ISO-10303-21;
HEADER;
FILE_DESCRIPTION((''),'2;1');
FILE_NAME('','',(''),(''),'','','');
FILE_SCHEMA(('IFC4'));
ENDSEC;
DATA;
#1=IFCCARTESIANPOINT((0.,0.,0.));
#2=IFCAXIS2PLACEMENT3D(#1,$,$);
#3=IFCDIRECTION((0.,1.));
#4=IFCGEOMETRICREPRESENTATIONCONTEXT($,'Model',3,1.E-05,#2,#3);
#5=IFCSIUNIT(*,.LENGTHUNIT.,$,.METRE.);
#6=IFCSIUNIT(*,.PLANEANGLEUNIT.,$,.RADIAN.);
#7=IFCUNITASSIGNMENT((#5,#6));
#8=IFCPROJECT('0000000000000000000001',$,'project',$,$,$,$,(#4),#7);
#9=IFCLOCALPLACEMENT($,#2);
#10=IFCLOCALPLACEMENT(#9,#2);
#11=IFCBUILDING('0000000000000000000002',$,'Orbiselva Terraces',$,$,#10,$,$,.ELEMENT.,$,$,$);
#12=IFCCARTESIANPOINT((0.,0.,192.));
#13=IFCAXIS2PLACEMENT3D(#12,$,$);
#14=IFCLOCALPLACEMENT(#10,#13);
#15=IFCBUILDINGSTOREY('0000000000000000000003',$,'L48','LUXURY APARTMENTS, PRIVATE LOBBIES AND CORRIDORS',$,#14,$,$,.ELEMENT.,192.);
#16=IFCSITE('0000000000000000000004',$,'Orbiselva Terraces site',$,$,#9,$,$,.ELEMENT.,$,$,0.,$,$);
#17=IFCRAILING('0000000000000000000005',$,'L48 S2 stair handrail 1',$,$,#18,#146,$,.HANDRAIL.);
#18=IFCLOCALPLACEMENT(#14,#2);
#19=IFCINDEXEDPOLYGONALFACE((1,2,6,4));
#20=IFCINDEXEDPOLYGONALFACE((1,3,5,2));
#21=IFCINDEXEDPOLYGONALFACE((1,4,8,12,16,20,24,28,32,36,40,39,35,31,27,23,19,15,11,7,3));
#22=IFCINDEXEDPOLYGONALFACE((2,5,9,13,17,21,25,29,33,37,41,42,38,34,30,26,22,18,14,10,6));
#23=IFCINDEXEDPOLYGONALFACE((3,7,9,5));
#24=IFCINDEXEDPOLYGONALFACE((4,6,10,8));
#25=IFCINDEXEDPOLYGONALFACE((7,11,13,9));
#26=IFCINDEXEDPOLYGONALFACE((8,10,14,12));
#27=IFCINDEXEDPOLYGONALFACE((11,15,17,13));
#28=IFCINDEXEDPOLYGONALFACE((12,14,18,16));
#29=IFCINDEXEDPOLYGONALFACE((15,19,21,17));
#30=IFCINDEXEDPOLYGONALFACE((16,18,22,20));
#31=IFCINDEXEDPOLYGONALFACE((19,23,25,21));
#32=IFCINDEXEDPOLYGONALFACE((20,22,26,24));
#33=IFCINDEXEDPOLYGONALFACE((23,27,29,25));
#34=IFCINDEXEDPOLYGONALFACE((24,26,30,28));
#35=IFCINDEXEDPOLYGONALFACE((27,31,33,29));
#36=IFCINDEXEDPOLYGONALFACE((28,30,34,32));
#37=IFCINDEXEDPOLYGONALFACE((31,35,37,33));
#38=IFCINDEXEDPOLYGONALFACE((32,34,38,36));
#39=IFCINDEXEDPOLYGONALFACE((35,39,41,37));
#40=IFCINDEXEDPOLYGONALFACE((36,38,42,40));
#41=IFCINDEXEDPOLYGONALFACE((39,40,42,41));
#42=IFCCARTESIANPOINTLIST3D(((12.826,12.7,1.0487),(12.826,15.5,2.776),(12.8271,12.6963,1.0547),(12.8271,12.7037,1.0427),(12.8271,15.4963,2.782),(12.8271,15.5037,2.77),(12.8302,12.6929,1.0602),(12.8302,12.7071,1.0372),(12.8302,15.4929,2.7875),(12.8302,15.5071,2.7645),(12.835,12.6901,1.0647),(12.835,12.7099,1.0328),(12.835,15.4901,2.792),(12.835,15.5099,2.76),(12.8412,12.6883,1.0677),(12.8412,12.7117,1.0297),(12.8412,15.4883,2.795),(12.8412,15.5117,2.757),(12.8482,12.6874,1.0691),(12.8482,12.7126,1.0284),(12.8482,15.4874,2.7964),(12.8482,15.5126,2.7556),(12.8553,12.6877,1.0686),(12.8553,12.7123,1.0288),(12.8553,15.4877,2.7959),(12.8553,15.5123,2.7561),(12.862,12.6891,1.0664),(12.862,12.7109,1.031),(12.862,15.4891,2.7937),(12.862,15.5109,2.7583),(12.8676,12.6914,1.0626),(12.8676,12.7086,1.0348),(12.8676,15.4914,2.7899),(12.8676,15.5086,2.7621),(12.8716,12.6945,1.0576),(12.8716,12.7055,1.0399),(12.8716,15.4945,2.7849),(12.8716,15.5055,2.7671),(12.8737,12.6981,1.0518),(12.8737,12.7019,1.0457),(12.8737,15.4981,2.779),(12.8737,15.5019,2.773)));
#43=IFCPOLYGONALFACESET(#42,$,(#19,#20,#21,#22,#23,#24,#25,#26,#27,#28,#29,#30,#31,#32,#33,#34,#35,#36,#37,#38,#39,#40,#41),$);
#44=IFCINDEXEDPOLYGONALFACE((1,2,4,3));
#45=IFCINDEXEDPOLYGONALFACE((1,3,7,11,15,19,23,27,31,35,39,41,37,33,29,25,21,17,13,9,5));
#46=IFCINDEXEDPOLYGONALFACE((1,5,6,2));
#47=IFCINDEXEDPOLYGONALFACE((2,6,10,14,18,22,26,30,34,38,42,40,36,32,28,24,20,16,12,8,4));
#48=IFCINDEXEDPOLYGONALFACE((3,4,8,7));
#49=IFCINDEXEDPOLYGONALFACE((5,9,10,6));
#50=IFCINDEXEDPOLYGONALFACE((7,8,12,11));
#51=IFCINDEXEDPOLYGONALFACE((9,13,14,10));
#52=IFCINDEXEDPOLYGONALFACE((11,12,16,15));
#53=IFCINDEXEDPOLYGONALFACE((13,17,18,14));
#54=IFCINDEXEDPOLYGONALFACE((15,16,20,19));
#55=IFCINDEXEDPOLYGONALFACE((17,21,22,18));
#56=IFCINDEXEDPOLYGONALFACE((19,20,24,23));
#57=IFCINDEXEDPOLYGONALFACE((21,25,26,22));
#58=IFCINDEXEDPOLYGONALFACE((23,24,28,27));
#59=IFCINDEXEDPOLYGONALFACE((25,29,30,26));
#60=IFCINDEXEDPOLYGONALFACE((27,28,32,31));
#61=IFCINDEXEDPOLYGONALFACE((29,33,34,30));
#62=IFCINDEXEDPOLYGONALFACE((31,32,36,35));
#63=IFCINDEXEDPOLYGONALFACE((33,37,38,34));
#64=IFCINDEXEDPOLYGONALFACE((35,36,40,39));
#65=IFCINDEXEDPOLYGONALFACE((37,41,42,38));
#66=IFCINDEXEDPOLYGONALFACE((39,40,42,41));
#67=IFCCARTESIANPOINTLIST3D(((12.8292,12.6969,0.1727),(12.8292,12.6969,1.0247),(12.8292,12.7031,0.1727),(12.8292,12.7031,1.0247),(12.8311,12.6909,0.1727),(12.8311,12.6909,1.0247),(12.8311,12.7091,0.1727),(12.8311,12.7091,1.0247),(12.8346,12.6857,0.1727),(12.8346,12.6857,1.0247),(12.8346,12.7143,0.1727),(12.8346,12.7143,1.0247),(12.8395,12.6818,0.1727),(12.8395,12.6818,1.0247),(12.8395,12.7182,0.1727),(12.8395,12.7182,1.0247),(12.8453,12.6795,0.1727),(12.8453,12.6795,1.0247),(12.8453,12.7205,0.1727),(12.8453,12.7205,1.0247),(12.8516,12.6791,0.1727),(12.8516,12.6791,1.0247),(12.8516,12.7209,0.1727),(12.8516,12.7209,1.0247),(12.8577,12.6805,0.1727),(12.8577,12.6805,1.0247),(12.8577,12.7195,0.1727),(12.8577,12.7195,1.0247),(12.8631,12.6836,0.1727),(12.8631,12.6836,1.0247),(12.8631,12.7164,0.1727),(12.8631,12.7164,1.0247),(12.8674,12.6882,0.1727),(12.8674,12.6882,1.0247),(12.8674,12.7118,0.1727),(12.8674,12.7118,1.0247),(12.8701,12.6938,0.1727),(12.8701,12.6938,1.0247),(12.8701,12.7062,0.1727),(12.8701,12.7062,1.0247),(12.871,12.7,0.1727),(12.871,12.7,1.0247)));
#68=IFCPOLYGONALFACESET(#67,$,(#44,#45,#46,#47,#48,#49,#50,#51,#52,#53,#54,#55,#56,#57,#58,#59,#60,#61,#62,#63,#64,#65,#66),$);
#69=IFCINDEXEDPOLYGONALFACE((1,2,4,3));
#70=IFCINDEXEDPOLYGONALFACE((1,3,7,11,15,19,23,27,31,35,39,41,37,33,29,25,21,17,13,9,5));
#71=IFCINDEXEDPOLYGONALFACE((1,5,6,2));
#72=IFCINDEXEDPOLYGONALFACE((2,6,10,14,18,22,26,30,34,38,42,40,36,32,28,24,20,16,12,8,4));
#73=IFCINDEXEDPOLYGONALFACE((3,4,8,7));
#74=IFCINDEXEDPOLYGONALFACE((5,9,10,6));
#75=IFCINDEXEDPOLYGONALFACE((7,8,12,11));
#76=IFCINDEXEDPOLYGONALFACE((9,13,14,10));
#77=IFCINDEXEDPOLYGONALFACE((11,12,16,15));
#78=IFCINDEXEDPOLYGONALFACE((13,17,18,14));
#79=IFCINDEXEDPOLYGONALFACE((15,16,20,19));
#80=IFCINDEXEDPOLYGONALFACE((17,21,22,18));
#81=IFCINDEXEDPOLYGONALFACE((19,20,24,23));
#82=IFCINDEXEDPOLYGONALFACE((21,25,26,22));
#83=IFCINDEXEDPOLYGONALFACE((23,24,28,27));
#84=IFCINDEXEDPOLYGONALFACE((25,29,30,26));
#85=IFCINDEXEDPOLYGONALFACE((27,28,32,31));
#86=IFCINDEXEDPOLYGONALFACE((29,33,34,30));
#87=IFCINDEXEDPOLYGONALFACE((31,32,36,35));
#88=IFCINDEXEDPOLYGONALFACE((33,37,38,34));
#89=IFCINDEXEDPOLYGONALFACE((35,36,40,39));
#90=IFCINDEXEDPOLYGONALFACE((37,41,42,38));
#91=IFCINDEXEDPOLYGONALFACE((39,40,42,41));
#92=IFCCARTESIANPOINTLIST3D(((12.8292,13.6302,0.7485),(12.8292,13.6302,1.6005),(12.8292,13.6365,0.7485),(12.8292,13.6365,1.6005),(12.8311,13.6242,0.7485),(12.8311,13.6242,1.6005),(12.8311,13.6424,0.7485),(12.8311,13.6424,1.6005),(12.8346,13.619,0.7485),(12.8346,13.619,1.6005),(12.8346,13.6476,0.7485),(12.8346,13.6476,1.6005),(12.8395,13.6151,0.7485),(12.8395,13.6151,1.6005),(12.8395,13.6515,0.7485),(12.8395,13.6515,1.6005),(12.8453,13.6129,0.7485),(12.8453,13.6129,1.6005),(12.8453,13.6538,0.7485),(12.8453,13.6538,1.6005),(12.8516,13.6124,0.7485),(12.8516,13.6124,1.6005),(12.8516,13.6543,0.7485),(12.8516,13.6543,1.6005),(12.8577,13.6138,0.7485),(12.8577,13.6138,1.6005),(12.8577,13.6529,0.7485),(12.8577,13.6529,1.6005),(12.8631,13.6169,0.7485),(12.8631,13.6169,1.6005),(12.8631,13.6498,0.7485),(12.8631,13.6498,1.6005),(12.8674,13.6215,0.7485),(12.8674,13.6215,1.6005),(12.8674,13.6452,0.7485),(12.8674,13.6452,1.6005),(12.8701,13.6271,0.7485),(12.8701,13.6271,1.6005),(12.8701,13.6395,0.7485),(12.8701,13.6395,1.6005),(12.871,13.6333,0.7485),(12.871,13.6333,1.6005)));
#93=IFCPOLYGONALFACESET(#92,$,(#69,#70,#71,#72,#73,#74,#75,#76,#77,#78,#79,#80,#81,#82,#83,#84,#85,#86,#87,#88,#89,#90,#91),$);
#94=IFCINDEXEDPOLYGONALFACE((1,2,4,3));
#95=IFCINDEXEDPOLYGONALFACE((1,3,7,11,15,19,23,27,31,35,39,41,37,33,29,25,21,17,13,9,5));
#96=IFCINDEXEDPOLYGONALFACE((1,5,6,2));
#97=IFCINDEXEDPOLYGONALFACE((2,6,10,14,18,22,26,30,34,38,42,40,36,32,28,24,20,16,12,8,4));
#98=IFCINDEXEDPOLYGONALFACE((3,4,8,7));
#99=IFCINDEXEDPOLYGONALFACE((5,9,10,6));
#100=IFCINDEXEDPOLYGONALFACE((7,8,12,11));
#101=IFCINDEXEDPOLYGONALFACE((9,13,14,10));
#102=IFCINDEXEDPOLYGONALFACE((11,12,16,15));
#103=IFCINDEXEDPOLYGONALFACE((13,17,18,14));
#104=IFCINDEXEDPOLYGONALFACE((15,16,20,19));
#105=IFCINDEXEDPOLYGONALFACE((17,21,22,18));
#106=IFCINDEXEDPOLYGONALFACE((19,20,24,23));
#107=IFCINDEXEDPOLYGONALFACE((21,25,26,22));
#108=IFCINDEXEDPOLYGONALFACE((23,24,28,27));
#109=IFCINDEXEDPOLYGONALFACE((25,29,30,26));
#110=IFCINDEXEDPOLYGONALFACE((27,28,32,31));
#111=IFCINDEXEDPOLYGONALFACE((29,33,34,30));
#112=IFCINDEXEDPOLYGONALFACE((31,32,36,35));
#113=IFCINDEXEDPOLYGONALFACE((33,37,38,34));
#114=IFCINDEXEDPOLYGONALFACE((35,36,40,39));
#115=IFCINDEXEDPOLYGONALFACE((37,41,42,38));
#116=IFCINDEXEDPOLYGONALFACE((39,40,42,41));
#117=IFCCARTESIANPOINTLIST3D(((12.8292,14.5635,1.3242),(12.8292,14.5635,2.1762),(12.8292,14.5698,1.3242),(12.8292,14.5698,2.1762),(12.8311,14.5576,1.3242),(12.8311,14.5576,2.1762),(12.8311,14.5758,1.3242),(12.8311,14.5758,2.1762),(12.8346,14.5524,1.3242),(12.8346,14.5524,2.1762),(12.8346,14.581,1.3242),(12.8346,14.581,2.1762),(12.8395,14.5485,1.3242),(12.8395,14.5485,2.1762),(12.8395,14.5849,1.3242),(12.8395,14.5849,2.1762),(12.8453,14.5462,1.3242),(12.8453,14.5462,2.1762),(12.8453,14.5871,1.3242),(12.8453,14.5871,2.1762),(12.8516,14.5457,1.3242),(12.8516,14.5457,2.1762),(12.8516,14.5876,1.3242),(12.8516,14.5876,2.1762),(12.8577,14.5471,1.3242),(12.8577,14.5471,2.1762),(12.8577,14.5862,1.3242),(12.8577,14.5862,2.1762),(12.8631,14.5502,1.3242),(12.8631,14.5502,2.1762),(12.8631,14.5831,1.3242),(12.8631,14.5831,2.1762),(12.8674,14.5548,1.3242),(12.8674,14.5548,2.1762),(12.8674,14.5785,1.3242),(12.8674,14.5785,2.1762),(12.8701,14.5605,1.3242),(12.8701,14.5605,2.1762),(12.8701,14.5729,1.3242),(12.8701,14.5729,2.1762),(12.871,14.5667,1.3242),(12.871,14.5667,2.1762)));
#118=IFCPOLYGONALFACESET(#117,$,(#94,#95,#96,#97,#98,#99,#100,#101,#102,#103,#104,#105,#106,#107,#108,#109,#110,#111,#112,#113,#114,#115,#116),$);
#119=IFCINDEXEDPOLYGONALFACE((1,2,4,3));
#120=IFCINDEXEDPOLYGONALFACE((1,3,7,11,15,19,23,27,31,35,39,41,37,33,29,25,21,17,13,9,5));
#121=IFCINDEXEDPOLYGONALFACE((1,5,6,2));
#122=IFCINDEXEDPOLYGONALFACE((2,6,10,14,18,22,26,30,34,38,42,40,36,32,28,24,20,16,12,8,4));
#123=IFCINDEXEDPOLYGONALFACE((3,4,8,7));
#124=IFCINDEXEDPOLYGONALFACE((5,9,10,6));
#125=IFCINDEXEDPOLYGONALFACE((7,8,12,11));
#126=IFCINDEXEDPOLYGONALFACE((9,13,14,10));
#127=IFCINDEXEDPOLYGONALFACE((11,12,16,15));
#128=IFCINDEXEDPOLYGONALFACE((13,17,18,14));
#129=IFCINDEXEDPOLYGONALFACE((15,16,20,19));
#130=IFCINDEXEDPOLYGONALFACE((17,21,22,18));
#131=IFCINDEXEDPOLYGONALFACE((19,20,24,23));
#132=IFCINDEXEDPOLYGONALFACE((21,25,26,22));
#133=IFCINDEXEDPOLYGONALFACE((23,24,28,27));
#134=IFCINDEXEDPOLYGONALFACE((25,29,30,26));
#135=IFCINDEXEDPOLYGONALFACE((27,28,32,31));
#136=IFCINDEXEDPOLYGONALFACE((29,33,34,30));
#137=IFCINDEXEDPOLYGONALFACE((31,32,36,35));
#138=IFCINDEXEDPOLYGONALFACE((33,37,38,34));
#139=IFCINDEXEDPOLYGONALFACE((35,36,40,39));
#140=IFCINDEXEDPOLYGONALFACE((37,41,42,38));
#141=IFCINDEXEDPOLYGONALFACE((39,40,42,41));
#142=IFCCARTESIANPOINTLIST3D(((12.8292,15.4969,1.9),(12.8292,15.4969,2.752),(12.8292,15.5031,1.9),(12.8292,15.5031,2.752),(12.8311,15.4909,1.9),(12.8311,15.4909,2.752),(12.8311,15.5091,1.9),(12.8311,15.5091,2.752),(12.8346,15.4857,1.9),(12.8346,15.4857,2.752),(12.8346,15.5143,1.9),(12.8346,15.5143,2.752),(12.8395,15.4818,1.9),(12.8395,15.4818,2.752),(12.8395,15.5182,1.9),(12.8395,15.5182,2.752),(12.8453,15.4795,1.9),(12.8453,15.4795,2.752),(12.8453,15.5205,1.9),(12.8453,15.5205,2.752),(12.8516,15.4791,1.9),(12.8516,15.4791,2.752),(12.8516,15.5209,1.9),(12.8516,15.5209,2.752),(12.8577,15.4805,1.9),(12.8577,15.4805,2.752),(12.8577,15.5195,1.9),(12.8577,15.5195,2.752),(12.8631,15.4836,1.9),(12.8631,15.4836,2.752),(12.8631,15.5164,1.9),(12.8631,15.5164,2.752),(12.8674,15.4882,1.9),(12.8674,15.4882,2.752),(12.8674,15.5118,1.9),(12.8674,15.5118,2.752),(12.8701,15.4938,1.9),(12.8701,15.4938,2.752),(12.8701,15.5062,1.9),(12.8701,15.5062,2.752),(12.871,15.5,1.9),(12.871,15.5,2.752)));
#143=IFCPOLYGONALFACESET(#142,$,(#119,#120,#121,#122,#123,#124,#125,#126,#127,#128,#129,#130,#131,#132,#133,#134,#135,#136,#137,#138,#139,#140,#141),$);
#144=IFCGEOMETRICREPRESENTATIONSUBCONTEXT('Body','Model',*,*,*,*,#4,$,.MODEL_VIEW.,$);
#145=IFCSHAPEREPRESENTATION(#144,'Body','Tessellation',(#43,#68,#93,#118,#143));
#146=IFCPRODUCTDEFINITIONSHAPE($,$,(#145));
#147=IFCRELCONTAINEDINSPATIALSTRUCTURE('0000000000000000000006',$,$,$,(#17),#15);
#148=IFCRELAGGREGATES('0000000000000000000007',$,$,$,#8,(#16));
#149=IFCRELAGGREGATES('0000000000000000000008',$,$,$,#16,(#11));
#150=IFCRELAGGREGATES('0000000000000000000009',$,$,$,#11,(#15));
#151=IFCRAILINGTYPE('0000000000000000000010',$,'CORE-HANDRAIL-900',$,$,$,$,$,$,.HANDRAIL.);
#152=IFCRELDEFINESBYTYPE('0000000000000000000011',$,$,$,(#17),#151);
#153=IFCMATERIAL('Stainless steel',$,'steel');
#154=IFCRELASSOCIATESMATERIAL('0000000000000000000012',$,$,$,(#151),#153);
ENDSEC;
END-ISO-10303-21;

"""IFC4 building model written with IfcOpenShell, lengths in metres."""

from ifc_helpers import new_model, si_unit, direction, frame, origin, origin_2d, place, context, subcontext, project, spatial, circle, extrude, material, type_object, element, save


model = new_model("IFC4")

# Units and contexts
model_context = context("Model", 3, precision=1e-05, world=origin(), true_north=direction((0.0, 1.0)))
body_context = subcontext(model_context, "Body", "Model", "MODEL_VIEW")
ifc_project = project(units=[si_unit("LENGTHUNIT", "METRE"), si_unit("PLANEANGLEUNIT", "RADIAN")], contexts=[model_context])

# Site, building, storey
site_placement = place(None, origin())
site = spatial("IfcSite", under=ifc_project, at=site_placement, Name="Orbiselva Terraces site", CompositionType="ELEMENT", RefElevation=0.0)
building_placement = place(site_placement, origin())
building = spatial("IfcBuilding", under=site, at=building_placement, Name="Orbiselva Terraces", CompositionType="ELEMENT")
storey_placement = place(building_placement, frame((0.0, 0.0, 192.0)))
storey = spatial("IfcBuildingStorey", under=building, at=storey_placement, Name="L48", Description="LUXURY APARTMENTS, PRIVATE LOBBIES AND CORRIDORS", CompositionType="ELEMENT", Elevation=192.0)

# Railing
ifc_material_1 = material(Name="Stainless steel", Category="steel")
railing_type = type_object("IfcRailingType", Name="CORE-HANDRAIL-900", PredefinedType="HANDRAIL", material=ifc_material_1)
railing_1_placement = place(storey_placement, frame((12.85, 12.7, 0.1727)))
element("IfcRailing", 1, at=railing_1_placement, inside=storey, type_object=railing_type, Name="L48 S2 stair handrail 1", PredefinedType="HANDRAIL", context=body_context, shape_type="SweptSolid", body=[
    extrude(circle(Radius=0.024, at=origin_2d()), frame((0.0, 0.0, 0.876), z_axis=(0.0, 0.851089, 0.525022), x_axis=(-1.0, 0.0, 0.0)), (0.0, 0.0, 1.0), 3.2899),
    extrude(circle(Radius=0.021, at=origin_2d()), origin(), (0.0, 0.0, 1.0), 0.852),
    extrude(circle(Radius=0.021, at=origin_2d()), frame((0.0, 0.9333, 0.5758)), (0.0, 0.0, 1.0), 0.852),
    extrude(circle(Radius=0.021, at=origin_2d()), frame((0.0, 1.8667, 1.1515)), (0.0, 0.0, 1.0), 0.852),
    extrude(circle(Radius=0.021, at=origin_2d()), frame((0.0, 2.8, 1.7273)), (0.0, 0.0, 1.0), 0.852),
])

save(model, "model.ifc")
